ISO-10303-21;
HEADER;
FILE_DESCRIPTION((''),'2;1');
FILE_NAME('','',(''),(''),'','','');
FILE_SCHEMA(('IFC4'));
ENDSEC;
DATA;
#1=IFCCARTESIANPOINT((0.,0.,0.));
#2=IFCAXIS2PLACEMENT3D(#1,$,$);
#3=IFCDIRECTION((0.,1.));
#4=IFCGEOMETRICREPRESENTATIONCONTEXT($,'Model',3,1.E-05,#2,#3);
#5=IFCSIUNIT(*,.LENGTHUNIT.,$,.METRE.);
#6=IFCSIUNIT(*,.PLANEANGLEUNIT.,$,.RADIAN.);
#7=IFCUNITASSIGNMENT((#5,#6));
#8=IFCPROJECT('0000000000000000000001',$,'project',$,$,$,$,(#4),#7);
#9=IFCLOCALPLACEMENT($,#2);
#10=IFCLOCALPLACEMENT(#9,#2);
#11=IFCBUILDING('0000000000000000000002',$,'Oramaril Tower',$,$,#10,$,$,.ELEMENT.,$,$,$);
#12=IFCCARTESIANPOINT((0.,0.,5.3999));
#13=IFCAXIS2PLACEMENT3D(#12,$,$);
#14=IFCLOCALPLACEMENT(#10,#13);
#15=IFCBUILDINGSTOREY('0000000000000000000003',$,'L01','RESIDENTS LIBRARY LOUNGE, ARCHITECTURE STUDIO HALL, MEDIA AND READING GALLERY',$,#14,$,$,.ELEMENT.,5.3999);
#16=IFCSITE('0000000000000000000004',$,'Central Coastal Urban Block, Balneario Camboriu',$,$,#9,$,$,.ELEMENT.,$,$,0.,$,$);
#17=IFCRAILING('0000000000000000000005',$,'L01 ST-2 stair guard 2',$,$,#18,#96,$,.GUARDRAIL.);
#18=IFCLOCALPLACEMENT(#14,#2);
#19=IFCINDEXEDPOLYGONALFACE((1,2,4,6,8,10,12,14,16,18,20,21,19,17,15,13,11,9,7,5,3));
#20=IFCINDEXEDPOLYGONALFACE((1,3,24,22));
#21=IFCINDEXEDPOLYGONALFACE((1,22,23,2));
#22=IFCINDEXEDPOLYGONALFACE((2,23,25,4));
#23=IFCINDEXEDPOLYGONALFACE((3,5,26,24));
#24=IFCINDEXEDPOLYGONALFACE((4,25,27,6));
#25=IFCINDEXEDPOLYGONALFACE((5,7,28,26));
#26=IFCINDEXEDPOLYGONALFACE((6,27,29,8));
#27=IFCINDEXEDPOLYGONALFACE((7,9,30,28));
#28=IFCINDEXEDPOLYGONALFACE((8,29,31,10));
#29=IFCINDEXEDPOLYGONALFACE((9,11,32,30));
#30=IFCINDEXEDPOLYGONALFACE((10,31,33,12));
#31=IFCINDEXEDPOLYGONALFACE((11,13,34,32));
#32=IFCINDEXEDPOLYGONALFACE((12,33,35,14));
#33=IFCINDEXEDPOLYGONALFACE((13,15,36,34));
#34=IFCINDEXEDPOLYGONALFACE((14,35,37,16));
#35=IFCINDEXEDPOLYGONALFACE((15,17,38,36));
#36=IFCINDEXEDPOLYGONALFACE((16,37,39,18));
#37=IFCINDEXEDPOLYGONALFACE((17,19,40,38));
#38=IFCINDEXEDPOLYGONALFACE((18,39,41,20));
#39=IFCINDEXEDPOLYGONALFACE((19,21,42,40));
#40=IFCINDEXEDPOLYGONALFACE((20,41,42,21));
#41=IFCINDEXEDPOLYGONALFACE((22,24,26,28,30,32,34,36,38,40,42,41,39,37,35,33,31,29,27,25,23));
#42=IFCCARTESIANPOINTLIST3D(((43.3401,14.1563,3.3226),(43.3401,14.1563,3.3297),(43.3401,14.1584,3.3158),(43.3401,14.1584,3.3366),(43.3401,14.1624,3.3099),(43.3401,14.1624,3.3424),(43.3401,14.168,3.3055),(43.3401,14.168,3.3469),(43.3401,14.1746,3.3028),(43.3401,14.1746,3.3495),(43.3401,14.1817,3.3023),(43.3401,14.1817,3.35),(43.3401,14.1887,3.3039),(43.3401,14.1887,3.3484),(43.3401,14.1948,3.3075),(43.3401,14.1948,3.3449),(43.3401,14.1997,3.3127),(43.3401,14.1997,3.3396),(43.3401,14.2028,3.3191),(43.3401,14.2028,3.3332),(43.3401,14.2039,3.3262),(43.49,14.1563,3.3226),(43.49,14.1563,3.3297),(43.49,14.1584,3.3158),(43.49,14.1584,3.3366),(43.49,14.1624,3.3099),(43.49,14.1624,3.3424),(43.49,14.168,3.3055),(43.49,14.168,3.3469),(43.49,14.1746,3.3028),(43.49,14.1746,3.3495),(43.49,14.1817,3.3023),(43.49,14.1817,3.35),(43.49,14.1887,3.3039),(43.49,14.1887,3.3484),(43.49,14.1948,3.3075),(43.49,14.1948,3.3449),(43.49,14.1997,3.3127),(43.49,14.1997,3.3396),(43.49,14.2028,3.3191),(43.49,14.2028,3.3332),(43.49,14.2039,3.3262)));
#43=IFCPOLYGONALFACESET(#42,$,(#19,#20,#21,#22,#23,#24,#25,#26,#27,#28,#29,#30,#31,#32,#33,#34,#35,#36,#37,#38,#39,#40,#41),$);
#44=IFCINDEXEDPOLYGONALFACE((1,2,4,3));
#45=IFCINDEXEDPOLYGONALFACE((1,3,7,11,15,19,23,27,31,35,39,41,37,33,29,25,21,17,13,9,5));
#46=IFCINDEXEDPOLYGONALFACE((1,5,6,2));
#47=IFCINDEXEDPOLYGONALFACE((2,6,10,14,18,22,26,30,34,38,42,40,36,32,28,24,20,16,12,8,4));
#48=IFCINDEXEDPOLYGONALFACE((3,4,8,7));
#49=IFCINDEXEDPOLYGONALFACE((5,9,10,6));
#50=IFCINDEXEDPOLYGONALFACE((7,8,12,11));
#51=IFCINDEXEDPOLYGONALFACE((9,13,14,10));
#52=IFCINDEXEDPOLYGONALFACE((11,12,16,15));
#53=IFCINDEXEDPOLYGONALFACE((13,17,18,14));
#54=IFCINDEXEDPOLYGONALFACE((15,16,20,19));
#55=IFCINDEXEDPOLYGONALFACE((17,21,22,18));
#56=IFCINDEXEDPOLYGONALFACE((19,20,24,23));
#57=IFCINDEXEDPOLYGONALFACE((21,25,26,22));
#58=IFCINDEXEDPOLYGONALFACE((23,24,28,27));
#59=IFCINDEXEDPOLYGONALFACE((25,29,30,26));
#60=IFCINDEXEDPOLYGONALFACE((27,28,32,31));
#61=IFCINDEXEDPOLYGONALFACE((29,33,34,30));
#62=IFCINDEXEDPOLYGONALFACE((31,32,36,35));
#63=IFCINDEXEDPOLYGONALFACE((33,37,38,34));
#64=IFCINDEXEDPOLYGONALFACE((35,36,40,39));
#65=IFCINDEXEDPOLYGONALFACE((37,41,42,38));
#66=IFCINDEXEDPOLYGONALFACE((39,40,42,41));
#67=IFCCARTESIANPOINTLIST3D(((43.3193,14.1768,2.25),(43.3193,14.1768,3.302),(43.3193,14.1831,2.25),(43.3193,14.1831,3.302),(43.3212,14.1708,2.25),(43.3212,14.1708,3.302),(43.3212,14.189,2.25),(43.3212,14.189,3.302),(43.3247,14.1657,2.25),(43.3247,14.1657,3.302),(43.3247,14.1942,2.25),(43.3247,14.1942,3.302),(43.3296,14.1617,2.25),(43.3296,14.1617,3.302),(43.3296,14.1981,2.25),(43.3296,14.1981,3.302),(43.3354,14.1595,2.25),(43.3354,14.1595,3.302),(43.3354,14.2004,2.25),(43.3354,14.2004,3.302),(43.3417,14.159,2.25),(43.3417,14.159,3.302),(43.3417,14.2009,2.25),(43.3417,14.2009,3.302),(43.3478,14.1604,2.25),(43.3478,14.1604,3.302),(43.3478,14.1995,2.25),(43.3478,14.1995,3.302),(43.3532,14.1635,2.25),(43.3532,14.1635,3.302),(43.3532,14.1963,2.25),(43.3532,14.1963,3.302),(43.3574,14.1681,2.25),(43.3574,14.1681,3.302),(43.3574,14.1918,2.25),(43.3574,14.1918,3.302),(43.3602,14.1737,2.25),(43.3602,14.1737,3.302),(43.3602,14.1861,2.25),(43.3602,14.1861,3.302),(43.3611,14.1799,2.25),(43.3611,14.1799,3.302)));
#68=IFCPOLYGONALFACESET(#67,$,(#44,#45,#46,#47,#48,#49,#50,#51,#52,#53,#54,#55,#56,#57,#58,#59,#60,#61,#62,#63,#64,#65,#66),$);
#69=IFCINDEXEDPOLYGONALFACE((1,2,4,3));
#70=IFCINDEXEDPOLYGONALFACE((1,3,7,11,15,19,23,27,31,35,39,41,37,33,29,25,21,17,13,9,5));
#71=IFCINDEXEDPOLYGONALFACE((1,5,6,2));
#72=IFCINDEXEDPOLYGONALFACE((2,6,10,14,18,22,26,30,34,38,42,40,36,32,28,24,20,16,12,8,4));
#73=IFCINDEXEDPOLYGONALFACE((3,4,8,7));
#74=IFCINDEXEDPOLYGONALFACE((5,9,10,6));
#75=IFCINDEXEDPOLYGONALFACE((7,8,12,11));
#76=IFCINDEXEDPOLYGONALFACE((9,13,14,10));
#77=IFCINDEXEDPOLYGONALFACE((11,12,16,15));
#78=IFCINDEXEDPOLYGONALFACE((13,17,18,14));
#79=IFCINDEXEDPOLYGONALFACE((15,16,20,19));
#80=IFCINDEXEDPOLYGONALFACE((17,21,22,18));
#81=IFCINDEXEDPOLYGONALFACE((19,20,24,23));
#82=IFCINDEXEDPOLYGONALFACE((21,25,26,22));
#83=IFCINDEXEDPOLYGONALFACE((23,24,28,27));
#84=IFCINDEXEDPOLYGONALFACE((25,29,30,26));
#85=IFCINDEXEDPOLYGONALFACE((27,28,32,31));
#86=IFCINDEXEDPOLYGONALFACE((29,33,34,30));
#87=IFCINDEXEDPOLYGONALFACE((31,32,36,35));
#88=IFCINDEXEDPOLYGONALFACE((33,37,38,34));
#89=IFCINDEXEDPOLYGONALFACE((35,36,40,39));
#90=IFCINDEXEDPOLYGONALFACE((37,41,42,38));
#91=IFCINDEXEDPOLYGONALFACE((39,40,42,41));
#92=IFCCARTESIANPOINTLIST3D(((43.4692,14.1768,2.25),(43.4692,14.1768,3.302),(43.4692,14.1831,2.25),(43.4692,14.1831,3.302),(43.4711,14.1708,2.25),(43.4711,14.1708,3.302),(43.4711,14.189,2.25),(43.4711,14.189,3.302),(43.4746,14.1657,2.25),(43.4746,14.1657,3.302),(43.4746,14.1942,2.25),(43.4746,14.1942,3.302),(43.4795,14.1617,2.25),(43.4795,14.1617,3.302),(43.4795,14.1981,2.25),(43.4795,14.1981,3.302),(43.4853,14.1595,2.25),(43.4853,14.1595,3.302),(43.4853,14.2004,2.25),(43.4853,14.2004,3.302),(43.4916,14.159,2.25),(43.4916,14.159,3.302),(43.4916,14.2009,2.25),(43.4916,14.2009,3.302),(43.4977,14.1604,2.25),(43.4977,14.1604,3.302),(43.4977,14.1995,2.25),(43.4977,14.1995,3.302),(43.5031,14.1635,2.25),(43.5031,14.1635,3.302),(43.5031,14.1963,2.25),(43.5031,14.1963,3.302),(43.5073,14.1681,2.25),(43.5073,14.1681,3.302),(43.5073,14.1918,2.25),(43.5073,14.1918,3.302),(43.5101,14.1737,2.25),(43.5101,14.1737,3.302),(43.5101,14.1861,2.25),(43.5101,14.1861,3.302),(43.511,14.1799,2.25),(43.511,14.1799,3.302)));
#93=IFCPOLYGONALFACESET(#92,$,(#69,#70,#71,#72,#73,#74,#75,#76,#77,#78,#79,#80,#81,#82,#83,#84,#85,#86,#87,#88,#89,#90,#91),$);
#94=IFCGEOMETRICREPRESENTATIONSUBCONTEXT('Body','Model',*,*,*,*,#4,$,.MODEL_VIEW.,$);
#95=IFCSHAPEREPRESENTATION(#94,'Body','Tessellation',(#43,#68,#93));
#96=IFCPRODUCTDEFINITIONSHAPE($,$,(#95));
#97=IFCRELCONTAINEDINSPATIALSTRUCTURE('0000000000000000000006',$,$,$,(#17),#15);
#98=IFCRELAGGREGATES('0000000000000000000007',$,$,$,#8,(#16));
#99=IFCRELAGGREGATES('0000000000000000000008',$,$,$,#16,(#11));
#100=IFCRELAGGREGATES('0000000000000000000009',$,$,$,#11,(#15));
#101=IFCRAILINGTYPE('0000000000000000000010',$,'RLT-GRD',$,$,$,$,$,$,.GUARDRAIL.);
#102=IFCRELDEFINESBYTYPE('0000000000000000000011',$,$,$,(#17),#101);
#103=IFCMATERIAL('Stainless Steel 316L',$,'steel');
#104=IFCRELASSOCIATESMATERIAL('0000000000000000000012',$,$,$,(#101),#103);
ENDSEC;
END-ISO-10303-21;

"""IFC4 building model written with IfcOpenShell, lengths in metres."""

from ifc_helpers import new_model, si_unit, direction, frame, origin, origin_2d, place, context, subcontext, project, spatial, circle, extrude, material, type_object, element, save


model = new_model("IFC4")

# Units and contexts
model_context = context("Model", 3, precision=1e-05, world=origin(), true_north=direction((0.0, 1.0)))
body_context = subcontext(model_context, "Body", "Model", "MODEL_VIEW")
ifc_project = project(units=[si_unit("LENGTHUNIT", "METRE"), si_unit("PLANEANGLEUNIT", "RADIAN")], contexts=[model_context])

# Site, building, storey
site_placement = place(None, origin())
site = spatial("IfcSite", under=ifc_project, at=site_placement, Name="Central Coastal Urban Block, Balneario Camboriu", CompositionType="ELEMENT", RefElevation=0.0)
building_placement = place(site_placement, origin())
building = spatial("IfcBuilding", under=site, at=building_placement, Name="Oramaril Tower", CompositionType="ELEMENT")
storey_placement = place(building_placement, frame((0.0, 0.0, 5.3999)))
storey = spatial("IfcBuildingStorey", under=building, at=storey_placement, Name="L01", Description="RESIDENTS LIBRARY LOUNGE, ARCHITECTURE STUDIO HALL, MEDIA AND READING GALLERY", CompositionType="ELEMENT", Elevation=5.3999)

# Railing
ifc_material_1 = material(Name="Stainless Steel 316L", Category="steel")
railing_type_1 = type_object("IfcRailingType", Name="RLT-GRD", PredefinedType="GUARDRAIL", material=ifc_material_1)
railing_1_placement = place(storey_placement, frame((43.3401, 14.1799, 2.25)))
element("IfcRailing", 1, at=railing_1_placement, inside=storey, type_object=railing_type_1, Name="L01 ST-2 stair guard 2", PredefinedType="GUARDRAIL", context=body_context, shape_type="SweptSolid", body=[
    extrude(circle(Radius=0.0239, at=origin_2d()), frame((0.0, 0.0, 1.0762), z_axis=(1.0, 0.0, 0.0), x_axis=(0.0, 1.0, 0.0)), (0.0, 0.0, 1.0), 0.1499),
    extrude(circle(Radius=0.021, at=origin_2d()), origin(), (0.0, 0.0, 1.0), 1.052),
    extrude(circle(Radius=0.021, at=origin_2d()), frame((0.1499, 0.0, 0.0)), (0.0, 0.0, 1.0), 1.052),
])

save(model, "model.ifc")
